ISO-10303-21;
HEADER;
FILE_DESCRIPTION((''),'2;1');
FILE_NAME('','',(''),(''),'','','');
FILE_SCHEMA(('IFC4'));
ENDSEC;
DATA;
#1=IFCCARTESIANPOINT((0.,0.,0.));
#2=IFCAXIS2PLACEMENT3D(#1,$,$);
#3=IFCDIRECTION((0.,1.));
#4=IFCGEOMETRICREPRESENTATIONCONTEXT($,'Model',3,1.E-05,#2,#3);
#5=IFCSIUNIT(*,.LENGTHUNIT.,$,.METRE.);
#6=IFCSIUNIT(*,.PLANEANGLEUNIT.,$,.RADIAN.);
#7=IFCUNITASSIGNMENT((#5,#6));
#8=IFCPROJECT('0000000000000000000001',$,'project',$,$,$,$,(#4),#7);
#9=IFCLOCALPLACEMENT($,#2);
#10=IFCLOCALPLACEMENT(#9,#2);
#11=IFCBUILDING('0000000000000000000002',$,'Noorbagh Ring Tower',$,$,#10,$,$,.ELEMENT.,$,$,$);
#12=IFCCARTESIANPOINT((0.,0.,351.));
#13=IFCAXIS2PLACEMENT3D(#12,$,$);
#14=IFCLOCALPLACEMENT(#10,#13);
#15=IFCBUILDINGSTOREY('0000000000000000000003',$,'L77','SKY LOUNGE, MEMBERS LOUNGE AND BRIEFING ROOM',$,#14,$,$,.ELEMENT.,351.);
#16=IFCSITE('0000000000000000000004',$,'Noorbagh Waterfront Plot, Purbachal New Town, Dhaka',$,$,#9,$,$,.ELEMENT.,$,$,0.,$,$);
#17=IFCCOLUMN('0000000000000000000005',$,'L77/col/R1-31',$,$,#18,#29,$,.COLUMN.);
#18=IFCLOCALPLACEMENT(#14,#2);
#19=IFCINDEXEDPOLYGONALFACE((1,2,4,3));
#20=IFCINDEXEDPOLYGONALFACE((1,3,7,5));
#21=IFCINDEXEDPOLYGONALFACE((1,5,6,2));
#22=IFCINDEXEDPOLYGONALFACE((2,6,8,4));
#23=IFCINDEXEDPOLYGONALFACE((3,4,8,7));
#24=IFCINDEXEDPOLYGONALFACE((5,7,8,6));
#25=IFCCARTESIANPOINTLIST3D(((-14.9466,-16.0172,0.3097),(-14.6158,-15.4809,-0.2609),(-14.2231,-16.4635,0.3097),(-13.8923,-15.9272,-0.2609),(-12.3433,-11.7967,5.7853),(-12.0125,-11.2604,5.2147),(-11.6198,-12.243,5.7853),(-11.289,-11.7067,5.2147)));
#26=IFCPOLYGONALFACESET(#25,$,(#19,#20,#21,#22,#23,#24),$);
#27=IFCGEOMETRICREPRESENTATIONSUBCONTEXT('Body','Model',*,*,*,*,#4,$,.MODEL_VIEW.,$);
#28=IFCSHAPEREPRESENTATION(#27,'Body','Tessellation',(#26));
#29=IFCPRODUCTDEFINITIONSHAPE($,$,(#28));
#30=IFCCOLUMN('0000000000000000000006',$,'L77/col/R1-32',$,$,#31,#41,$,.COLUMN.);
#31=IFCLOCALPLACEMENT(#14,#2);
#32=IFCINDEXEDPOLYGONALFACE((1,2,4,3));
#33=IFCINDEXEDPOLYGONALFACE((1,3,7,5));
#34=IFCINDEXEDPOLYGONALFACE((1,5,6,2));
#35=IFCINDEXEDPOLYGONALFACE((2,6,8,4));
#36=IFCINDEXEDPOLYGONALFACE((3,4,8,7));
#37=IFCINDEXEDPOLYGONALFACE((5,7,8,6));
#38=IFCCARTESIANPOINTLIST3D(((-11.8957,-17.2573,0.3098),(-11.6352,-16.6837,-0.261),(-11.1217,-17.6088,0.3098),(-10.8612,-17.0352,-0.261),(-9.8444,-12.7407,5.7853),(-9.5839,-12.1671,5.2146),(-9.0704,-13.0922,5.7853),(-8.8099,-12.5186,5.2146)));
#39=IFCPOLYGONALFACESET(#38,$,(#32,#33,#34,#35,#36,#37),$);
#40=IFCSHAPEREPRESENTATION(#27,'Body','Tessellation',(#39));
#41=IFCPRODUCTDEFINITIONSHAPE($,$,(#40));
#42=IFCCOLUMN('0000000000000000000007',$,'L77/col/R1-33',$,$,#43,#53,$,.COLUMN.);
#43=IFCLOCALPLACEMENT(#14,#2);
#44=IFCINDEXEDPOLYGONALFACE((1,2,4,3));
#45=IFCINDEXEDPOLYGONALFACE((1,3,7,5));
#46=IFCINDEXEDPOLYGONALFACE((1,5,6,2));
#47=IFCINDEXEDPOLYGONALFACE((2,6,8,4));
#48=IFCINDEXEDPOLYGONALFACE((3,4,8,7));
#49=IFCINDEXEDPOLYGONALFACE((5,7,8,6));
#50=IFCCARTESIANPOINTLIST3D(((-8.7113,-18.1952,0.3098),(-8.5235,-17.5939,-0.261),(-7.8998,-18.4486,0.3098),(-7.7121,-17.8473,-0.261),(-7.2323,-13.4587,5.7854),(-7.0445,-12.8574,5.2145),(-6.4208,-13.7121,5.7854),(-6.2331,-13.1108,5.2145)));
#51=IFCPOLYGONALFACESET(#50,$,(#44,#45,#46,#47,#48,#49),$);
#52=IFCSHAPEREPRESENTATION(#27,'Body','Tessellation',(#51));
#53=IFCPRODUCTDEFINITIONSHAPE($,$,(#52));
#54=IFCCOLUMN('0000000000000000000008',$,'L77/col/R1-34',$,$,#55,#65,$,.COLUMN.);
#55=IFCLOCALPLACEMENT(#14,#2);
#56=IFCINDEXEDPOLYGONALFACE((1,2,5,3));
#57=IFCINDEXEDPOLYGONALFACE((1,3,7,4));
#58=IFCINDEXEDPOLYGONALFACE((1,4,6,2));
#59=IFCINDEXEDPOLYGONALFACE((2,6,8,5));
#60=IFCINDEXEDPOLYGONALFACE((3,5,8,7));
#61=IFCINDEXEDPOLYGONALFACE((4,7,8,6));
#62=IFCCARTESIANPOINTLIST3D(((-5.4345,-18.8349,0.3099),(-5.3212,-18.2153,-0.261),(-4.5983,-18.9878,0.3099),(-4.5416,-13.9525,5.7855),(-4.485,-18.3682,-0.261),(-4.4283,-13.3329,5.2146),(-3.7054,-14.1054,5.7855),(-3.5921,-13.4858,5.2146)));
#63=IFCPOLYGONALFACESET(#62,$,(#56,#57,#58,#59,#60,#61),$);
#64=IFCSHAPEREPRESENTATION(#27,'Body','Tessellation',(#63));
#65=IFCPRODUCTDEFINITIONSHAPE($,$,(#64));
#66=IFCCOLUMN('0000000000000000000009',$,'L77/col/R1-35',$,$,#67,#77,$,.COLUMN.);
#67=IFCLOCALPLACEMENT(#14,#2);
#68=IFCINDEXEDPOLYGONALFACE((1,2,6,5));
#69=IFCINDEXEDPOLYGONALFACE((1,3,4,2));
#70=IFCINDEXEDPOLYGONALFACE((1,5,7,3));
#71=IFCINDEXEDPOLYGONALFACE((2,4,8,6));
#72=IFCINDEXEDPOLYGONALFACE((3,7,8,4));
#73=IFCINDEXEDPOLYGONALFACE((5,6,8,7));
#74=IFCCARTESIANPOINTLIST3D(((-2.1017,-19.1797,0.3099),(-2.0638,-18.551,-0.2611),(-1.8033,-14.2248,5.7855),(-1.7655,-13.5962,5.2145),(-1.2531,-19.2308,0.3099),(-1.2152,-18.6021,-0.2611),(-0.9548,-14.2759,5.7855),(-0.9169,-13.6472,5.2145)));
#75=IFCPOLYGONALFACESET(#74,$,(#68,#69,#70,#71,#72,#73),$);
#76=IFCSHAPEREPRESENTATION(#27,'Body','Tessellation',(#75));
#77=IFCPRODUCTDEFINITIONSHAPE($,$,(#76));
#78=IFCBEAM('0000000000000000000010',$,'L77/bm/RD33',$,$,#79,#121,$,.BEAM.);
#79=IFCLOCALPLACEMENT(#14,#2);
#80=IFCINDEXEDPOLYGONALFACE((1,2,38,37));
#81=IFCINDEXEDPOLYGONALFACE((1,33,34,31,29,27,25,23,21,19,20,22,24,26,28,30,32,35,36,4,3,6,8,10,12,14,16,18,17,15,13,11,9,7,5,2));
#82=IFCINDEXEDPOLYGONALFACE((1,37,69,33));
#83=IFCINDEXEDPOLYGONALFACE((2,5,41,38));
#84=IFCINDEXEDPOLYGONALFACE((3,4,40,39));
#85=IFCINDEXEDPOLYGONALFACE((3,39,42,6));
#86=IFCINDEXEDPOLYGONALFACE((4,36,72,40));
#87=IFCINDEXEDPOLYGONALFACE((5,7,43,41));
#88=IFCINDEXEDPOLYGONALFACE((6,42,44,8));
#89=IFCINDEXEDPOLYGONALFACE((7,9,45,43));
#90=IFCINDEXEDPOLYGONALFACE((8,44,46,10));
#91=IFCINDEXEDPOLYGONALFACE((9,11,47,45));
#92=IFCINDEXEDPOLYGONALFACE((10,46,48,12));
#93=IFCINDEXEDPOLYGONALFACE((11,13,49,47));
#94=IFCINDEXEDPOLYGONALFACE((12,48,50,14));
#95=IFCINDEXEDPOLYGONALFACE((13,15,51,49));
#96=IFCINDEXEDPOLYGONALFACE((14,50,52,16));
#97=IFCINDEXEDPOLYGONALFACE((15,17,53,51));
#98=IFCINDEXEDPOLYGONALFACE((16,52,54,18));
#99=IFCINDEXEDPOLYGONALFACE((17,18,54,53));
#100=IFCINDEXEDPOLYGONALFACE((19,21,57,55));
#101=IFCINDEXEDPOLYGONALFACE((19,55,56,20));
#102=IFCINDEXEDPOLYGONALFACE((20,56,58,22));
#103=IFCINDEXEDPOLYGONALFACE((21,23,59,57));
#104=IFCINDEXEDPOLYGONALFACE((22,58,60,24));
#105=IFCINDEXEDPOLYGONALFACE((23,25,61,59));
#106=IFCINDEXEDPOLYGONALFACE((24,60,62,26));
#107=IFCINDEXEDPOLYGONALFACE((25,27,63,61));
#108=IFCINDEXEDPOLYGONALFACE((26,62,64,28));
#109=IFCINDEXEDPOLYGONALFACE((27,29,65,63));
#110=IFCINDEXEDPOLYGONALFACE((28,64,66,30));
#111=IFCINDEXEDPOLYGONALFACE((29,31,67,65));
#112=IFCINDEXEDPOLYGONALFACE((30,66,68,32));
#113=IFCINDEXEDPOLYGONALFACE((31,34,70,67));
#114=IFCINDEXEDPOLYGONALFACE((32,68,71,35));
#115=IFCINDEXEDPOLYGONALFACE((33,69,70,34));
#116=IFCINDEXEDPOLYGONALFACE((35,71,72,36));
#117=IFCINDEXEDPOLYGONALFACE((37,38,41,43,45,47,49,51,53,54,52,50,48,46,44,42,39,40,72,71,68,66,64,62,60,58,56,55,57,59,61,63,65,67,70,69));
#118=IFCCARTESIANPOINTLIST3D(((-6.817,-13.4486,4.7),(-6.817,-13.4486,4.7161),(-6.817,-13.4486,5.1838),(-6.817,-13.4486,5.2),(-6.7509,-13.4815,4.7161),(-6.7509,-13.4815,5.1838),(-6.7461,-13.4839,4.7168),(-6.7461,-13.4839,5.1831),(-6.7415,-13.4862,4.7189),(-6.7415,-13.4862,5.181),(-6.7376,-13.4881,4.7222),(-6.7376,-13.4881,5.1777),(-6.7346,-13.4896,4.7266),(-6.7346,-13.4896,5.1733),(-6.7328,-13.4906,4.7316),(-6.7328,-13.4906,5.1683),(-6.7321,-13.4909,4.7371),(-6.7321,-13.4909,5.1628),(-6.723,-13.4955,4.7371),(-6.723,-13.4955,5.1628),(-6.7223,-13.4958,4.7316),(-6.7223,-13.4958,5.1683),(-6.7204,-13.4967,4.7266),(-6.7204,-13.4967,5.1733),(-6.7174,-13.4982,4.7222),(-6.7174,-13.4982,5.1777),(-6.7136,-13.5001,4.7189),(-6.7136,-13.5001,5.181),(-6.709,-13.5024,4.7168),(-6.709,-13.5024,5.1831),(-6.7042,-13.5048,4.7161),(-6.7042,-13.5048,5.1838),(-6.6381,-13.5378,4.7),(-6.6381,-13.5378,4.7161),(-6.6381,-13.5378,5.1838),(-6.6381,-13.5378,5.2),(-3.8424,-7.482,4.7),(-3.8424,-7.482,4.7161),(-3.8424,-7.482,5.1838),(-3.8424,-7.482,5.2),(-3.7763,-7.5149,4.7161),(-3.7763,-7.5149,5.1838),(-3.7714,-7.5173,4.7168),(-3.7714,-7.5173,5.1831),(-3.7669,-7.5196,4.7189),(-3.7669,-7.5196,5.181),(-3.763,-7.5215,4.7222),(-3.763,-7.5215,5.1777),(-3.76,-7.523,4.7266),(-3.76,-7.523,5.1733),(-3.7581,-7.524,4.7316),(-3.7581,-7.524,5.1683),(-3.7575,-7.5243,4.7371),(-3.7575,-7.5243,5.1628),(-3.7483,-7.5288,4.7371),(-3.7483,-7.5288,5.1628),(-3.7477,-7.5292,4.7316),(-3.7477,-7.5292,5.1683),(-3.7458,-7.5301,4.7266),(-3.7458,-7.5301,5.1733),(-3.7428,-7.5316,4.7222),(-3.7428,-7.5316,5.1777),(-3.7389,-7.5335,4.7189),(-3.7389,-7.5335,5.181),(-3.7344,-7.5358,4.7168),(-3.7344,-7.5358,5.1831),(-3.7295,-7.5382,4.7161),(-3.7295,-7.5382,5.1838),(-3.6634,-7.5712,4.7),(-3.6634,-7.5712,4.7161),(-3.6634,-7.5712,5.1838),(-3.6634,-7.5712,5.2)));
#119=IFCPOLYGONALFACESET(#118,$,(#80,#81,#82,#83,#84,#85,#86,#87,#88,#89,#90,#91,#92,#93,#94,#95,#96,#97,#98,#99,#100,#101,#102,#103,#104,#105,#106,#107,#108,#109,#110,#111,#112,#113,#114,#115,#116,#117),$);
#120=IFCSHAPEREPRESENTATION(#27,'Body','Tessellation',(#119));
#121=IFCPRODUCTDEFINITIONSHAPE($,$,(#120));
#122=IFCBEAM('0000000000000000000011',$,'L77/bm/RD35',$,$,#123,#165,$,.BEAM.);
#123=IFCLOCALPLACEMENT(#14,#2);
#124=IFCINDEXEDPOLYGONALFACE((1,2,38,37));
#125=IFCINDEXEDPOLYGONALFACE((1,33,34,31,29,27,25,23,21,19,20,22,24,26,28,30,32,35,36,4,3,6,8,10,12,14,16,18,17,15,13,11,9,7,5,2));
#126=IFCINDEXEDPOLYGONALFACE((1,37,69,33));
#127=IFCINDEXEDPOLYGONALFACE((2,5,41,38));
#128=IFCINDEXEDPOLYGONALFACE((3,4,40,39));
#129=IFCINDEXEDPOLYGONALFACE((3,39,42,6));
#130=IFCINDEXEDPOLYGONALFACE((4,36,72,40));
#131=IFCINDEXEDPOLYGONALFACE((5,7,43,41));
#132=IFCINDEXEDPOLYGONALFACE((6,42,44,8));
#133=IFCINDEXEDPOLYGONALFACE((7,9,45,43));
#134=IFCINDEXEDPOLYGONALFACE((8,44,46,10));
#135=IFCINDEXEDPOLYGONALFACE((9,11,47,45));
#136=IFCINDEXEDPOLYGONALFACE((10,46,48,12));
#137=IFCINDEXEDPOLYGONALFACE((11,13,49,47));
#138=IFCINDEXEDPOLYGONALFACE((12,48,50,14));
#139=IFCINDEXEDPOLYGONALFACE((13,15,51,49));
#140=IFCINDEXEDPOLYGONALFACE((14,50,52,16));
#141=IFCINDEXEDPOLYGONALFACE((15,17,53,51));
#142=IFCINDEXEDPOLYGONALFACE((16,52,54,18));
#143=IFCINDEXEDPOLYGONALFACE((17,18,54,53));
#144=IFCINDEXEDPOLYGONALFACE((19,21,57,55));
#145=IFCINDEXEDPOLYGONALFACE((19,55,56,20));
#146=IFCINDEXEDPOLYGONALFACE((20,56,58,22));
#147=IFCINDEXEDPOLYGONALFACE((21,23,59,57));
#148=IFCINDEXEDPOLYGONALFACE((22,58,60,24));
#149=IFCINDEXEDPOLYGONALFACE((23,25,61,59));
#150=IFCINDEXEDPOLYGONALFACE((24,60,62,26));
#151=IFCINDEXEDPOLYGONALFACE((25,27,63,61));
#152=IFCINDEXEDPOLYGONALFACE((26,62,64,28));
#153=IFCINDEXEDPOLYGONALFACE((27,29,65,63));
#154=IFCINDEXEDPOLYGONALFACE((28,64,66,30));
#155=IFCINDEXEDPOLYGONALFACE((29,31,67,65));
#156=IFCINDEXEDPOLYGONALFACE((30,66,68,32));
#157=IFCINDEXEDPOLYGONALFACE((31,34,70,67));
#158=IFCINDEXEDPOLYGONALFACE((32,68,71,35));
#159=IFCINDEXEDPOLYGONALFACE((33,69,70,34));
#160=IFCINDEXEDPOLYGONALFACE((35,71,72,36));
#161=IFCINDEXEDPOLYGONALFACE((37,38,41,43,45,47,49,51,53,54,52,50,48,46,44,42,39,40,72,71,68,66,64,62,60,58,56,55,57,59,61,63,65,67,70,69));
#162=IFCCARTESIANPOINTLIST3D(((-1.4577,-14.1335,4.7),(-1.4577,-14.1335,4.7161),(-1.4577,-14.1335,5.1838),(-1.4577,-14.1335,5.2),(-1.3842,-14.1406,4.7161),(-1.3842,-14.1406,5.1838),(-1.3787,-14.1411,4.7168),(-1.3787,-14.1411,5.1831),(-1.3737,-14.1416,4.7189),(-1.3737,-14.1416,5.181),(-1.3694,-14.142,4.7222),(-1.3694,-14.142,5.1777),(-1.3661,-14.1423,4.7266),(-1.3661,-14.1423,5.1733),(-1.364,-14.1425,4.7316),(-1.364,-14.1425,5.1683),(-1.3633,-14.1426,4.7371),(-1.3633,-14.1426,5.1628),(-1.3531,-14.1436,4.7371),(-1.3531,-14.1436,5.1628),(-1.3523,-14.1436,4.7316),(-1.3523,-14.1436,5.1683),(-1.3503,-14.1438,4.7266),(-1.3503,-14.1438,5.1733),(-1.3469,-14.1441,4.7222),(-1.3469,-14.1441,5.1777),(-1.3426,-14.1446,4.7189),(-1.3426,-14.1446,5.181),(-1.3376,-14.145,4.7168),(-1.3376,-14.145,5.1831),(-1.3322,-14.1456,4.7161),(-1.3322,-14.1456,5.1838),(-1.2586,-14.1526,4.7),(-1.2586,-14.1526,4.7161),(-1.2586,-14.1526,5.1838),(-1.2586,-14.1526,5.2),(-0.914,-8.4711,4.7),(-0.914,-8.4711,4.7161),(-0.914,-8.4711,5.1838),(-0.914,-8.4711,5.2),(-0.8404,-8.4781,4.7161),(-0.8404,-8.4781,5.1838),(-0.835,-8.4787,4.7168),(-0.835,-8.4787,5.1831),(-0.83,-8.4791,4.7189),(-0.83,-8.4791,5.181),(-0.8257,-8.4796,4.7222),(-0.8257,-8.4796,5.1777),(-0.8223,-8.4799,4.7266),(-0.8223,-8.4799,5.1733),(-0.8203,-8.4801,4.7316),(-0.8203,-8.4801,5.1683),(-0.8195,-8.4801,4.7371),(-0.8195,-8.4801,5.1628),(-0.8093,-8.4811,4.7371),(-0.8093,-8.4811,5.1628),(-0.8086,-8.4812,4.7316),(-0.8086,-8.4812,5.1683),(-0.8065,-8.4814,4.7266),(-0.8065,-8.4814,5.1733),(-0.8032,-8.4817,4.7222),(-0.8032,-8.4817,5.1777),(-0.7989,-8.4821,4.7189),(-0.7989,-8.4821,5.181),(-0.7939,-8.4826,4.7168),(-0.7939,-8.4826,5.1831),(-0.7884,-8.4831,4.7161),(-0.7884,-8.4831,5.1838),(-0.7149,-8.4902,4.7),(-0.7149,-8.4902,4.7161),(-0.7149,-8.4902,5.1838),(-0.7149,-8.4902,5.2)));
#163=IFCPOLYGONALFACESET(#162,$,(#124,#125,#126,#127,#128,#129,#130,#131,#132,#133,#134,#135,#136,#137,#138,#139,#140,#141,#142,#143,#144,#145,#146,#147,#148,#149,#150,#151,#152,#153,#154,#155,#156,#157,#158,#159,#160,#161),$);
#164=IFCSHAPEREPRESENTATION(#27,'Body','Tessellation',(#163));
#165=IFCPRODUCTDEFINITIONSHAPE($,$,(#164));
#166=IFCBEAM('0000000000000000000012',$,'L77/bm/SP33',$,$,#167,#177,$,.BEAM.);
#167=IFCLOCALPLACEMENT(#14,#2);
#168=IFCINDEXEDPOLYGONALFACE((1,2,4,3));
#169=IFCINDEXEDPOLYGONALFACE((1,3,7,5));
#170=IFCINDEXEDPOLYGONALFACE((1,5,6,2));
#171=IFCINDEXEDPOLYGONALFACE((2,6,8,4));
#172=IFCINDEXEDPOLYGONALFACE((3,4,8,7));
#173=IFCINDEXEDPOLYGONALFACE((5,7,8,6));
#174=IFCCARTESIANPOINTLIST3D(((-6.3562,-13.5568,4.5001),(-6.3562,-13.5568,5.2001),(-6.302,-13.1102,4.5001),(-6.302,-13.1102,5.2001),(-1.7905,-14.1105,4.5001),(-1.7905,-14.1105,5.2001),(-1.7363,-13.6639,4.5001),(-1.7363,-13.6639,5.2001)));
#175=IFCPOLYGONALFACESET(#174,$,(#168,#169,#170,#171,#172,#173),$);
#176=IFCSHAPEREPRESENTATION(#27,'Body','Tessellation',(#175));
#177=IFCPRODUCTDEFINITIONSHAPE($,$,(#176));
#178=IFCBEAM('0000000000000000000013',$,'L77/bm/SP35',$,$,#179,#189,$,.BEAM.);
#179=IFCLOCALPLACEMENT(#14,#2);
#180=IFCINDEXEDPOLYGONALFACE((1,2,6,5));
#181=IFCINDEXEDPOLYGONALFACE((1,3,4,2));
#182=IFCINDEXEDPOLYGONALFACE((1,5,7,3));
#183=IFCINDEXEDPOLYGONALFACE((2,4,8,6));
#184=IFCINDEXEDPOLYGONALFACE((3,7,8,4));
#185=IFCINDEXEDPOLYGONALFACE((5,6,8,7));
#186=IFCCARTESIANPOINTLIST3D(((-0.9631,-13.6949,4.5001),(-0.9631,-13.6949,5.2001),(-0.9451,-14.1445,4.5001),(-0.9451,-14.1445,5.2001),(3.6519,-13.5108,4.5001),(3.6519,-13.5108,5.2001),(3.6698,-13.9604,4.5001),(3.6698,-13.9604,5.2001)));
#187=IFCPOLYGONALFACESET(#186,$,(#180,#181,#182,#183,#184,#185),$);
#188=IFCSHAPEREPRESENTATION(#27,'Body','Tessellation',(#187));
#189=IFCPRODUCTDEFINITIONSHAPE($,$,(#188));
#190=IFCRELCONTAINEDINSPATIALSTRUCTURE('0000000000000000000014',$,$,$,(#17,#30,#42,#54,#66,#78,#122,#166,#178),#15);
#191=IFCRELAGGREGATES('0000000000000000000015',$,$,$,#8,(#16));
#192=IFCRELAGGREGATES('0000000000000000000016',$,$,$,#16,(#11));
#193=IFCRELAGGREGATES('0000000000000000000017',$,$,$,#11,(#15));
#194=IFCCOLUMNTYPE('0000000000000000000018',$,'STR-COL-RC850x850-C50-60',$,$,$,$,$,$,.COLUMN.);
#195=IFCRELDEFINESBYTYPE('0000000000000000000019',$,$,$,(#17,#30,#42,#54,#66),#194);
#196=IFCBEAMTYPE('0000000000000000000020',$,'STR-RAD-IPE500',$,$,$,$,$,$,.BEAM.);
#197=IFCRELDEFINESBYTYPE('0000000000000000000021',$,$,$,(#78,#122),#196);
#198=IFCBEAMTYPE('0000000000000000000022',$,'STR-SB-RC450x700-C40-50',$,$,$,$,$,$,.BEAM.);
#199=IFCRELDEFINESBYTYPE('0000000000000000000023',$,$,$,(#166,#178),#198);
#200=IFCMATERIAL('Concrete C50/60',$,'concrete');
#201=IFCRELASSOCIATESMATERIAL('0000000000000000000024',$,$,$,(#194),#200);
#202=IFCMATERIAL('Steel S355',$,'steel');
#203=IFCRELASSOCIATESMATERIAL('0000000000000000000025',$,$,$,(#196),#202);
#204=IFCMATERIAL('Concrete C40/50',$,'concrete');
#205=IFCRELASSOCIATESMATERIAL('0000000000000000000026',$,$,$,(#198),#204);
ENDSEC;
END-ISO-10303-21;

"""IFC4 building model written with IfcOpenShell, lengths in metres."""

from ifc_helpers import new_model, si_unit, direction, frame, origin, origin_2d, place, context, subcontext, project, spatial, rectangle, i_section, extrude, material, material_profile, profile_set, type_object, element, save


model = new_model("IFC4")

# Units and contexts
model_context = context("Model", 3, precision=1e-05, world=origin(), true_north=direction((0.0, 1.0)))
body_context = subcontext(model_context, "Body", "Model", "MODEL_VIEW")
ifc_project = project(units=[si_unit("LENGTHUNIT", "METRE"), si_unit("PLANEANGLEUNIT", "RADIAN")], contexts=[model_context])

# Site, building, storey
site_placement = place(None, origin())
site = spatial("IfcSite", under=ifc_project, at=site_placement, Name="Noorbagh Waterfront Plot, Purbachal New Town, Dhaka", CompositionType="ELEMENT", RefElevation=0.0)
building_placement = place(site_placement, origin())
building = spatial("IfcBuilding", under=site, at=building_placement, Name="Noorbagh Ring Tower", CompositionType="ELEMENT")
storey_placement = place(building_placement, frame((0.0, 0.0, 351.0)))
storey = spatial("IfcBuildingStorey", under=building, at=storey_placement, Name="L77", Description="SKY LOUNGE, MEMBERS LOUNGE AND BRIEFING ROOM", CompositionType="ELEMENT", Elevation=351.0)

# Columns
ifc_material_1 = material(Name="Concrete C50/60", Category="concrete")
ifc_material_profile_1 = material_profile(ifc_material_1, rectangle(XDim=0.8501, YDim=0.8501, at=origin_2d()), Name="RC850x850")
ifc_profile_set_1 = profile_set([ifc_material_profile_1], Name="Concrete C50/60")
column_type = type_object("IfcColumnType", Name="STR-COL-RC850x850-C50-60", PredefinedType="COLUMN", material=ifc_profile_set_1)
column_1_placement = place(storey_placement, frame((-14.4194, -15.9722, 0.0244), z_axis=(0.352401, 0.571317, 0.741222), x_axis=(-0.851112, 0.524984, 0.0)))
element("IfcColumn", 1, at=column_1_placement, inside=storey, type_object=column_type, Name="L77/col/R1-31", PredefinedType="COLUMN", context=body_context, shape_type="SweptSolid", body=[
    extrude(rectangle(XDim=0.8501, YDim=0.8501, at=origin_2d()), origin(), (0.0, 0.0, 1.0), 7.3872),
])
column_2_placement = place(storey_placement, frame((-11.3784, -17.1462, 0.0244), z_axis=(0.277631, 0.611304, 0.741099), x_axis=(-0.910498, 0.413514, 0.0)))
element("IfcColumn", 2, at=column_2_placement, inside=storey, type_object=column_type, Name="L77/col/R1-32", PredefinedType="COLUMN", context=body_context, shape_type="SweptSolid", body=[
    extrude(rectangle(XDim=0.8501, YDim=0.8501, at=origin_2d()), origin(), (0.0, 0.0, 1.0), 7.3884),
])
column_3_placement = place(storey_placement, frame((-8.2117, -18.0212, 0.0244), z_axis=(0.20015, 0.640987, 0.740996), x_axis=(-0.954547, 0.298059, 0.0)))
element("IfcColumn", 3, at=column_3_placement, inside=storey, type_object=column_type, Name="L77/col/R1-33", PredefinedType="COLUMN", context=body_context, shape_type="SweptSolid", body=[
    extrude(rectangle(XDim=0.8501, YDim=0.8501, at=origin_2d()), origin(), (0.0, 0.0, 1.0), 7.3894),
])
column_4_placement = place(storey_placement, frame((-4.9597, -18.6016, 0.0244), z_axis=(0.12081, 0.660641, 0.740917), x_axis=(-0.983688, 0.179885, 0.0)))
element("IfcColumn", 4, at=column_4_placement, inside=storey, type_object=column_type, Name="L77/col/R1-34", PredefinedType="COLUMN", context=body_context, shape_type="SweptSolid", body=[
    extrude(rectangle(XDim=0.8501, YDim=0.8501, at=origin_2d()), origin(), (0.0, 0.0, 1.0), 7.3904),
])
column_5_placement = place(storey_placement, frame((-1.6584, -18.8909, 0.0244), z_axis=(0.040367, 0.670421, 0.740882), x_axis=(-0.998192, 0.060103, 0.0)))
element("IfcColumn", 5, at=column_5_placement, inside=storey, type_object=column_type, Name="L77/col/R1-35", PredefinedType="COLUMN", context=body_context, shape_type="SweptSolid", body=[
    extrude(rectangle(XDim=0.8501, YDim=0.8501, at=origin_2d()), origin(), (0.0, 0.0, 1.0), 7.3906),
])

# Beams
ifc_material_2 = material(Name="Steel S355", Category="steel")
ifc_material_profile_2 = material_profile(ifc_material_2, i_section(OverallWidth=0.2, OverallDepth=0.5, WebThickness=0.0103, FlangeThickness=0.0161, FilletRadius=0.021, at=origin_2d()), Name="IPE500")
ifc_profile_set_2 = profile_set([ifc_material_profile_2], Name="Steel S355")
beam_type_1 = type_object("IfcBeamType", Name="STR-RAD-IPE500", PredefinedType="BEAM", material=ifc_profile_set_2)
beam_1_placement = place(storey_placement, frame((-6.7275, -13.4932, 4.95), z_axis=(0.446173, 0.894947, 0.0), x_axis=(-0.894947, 0.446173, 0.0)))
element("IfcBeam", 6, at=beam_1_placement, inside=storey, type_object=beam_type_1, Name="L77/bm/RD33", PredefinedType="BEAM", context=body_context, shape_type="SweptSolid", body=[
    extrude(i_section(OverallWidth=0.2, OverallDepth=0.5, WebThickness=0.0103, FlangeThickness=0.0161, FilletRadius=0.021, at=origin_2d()), origin(), (0.0, 0.0, 1.0), 6.667),
])
beam_2_placement = place(storey_placement, frame((-1.3582, -14.1431, 4.95), z_axis=(0.095581, 0.995422, 0.0), x_axis=(-0.995422, 0.095581, 0.0)))
element("IfcBeam", 7, at=beam_2_placement, inside=storey, type_object=beam_type_1, Name="L77/bm/RD35", PredefinedType="BEAM", context=body_context, shape_type="SweptSolid", body=[
    extrude(i_section(OverallWidth=0.2, OverallDepth=0.5, WebThickness=0.0103, FlangeThickness=0.0161, FilletRadius=0.021, at=origin_2d()), origin(), (0.0, 0.0, 1.0), 5.6885),
])
ifc_material_3 = material(Name="Concrete C40/50", Category="concrete")
ifc_material_profile_3 = material_profile(ifc_material_3, rectangle(XDim=0.45, YDim=0.7, at=origin_2d()), Name="RC450x700")
ifc_profile_set_3 = profile_set([ifc_material_profile_3], Name="Concrete C40/50")
beam_type_2 = type_object("IfcBeamType", Name="STR-SB-RC450x700-C40-50", PredefinedType="BEAM", material=ifc_profile_set_3)
beam_3_placement = place(storey_placement, frame((-6.3291, -13.3335, 4.8501), z_axis=(0.992726, -0.120395, 0.0), x_axis=(0.120395, 0.992726, 0.0)))
element("IfcBeam", 8, at=beam_3_placement, inside=storey, type_object=beam_type_2, Name="L77/bm/SP33", PredefinedType="BEAM", context=body_context, shape_type="SweptSolid", body=[
    extrude(rectangle(XDim=0.45, YDim=0.7, at=origin_2d()), origin(), (0.0, 0.0, 1.0), 4.5991),
])
beam_4_placement = place(storey_placement, frame((-0.9541, -13.9197, 4.8501), z_axis=(0.999205, 0.039856, 0.0), x_axis=(-0.039856, 0.999205, 0.0)))
element("IfcBeam", 9, at=beam_4_placement, inside=storey, type_object=beam_type_2, Name="L77/bm/SP35", PredefinedType="BEAM", context=body_context, shape_type="SweptSolid", body=[
    extrude(rectangle(XDim=0.45, YDim=0.7, at=origin_2d()), origin(), (0.0, 0.0, 1.0), 4.6187),
])

save(model, "model.ifc")
